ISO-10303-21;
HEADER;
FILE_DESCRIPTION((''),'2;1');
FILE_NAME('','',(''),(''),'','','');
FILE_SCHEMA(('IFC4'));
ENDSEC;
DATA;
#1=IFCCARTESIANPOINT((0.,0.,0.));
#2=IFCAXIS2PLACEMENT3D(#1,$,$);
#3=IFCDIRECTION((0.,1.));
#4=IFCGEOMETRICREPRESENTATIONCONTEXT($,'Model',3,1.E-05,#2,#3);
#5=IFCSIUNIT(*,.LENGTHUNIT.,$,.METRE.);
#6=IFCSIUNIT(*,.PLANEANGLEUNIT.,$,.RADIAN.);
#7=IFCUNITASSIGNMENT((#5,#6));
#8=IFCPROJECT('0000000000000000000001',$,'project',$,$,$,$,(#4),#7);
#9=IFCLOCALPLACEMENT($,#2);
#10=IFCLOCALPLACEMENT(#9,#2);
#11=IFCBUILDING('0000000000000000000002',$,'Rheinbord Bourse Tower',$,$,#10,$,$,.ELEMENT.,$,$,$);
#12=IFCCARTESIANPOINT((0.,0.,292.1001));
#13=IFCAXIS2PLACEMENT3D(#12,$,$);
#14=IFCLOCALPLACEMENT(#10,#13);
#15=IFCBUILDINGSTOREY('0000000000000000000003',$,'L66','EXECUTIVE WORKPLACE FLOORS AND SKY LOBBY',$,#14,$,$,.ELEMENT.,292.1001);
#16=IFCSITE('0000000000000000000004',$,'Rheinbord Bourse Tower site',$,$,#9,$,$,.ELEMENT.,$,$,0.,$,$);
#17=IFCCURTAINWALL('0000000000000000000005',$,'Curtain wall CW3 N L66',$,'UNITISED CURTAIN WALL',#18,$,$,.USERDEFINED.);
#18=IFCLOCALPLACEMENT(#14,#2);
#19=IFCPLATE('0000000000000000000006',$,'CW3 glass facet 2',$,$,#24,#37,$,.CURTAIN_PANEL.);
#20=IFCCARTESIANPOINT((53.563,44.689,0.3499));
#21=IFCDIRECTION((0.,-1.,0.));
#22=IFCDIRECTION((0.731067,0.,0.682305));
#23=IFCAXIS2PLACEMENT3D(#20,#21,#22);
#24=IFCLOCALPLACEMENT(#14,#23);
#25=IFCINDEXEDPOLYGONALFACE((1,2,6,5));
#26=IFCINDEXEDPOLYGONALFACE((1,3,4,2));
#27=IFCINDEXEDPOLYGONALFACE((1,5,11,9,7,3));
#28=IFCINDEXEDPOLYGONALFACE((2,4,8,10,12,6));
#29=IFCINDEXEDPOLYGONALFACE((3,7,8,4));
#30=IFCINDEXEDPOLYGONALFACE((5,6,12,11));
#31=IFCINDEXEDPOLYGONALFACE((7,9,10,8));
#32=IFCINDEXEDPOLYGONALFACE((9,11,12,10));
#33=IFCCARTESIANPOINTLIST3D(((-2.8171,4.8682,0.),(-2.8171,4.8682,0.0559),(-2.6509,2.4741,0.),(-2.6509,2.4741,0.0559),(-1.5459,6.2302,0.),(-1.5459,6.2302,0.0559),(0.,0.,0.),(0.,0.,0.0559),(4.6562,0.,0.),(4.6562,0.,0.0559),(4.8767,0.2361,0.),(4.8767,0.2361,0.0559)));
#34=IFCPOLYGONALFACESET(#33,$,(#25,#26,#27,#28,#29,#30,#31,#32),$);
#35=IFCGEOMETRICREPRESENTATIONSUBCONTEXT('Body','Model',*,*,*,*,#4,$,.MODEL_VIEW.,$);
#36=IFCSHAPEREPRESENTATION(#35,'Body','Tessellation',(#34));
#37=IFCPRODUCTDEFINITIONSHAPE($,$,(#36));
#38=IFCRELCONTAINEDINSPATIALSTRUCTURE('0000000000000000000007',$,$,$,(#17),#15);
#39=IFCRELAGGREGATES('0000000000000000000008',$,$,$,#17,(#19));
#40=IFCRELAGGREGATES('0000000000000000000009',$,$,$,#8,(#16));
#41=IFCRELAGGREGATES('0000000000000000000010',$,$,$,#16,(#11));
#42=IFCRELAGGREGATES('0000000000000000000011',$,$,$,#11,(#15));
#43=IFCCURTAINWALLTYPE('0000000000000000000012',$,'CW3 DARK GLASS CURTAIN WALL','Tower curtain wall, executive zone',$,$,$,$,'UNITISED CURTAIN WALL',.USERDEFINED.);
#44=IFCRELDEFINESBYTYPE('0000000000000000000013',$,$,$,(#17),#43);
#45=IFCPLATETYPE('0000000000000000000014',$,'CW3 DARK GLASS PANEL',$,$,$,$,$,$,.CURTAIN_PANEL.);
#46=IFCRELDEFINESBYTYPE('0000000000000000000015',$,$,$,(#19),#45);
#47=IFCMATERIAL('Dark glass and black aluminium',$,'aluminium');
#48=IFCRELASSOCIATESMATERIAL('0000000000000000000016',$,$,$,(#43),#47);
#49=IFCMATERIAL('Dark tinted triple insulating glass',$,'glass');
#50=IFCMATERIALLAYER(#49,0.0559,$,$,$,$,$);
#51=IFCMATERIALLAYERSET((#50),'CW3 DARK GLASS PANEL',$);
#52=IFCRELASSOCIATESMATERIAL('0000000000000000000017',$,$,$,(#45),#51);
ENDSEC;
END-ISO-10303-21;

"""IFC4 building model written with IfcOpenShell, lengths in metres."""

from ifc_helpers import new_model, si_unit, direction, frame, origin, place, context, subcontext, project, spatial, polyline, outline, extrude, material, layer, layer_set, type_object, element, aggregate, save


model = new_model("IFC4")

# Units and contexts
model_context = context("Model", 3, precision=1e-05, world=origin(), true_north=direction((0.0, 1.0)))
body_context = subcontext(model_context, "Body", "Model", "MODEL_VIEW")
ifc_project = project(units=[si_unit("LENGTHUNIT", "METRE"), si_unit("PLANEANGLEUNIT", "RADIAN")], contexts=[model_context])

# Site, building, storey
site_placement = place(None, origin())
site = spatial("IfcSite", under=ifc_project, at=site_placement, Name="Rheinbord Bourse Tower site", CompositionType="ELEMENT", RefElevation=0.0)
building_placement = place(site_placement, origin())
building = spatial("IfcBuilding", under=site, at=building_placement, Name="Rheinbord Bourse Tower", CompositionType="ELEMENT")
storey_placement = place(building_placement, frame((0.0, 0.0, 292.1001)))
storey = spatial("IfcBuildingStorey", under=building, at=storey_placement, Name="L66", Description="EXECUTIVE WORKPLACE FLOORS AND SKY LOBBY", CompositionType="ELEMENT", Elevation=292.1001)

# Curtain wall
ifc_material_1 = material(Name="Dark glass and black aluminium", Category="aluminium")
curtain_wall_type = type_object("IfcCurtainWallType", Name="CW3 DARK GLASS CURTAIN WALL", Description="Tower curtain wall, executive zone", ElementType="UNITISED CURTAIN WALL", PredefinedType="USERDEFINED", material=ifc_material_1)
curtain_wall_placement = place(storey_placement, origin())
curtain_wall = element("IfcCurtainWall", 1, at=curtain_wall_placement, inside=storey, type_object=curtain_wall_type, Name="Curtain wall CW3 N L66", ObjectType="UNITISED CURTAIN WALL", PredefinedType="USERDEFINED")

# Plate
ifc_material_2 = material(Name="Dark tinted triple insulating glass", Category="glass")
ifc_layer = layer(ifc_material_2, 0.0559)
ifc_layer_set = layer_set([ifc_layer], Name="CW3 DARK GLASS PANEL")
plate_type = type_object("IfcPlateType", Name="CW3 DARK GLASS PANEL", PredefinedType="CURTAIN_PANEL", material=ifc_layer_set)
plate_1_placement = place(storey_placement, frame((53.563, 44.689, 0.3499), z_axis=(0.0, -1.0, 0.0), x_axis=(0.731067, 0.0, 0.682305)))
plate_1 = element("IfcPlate", 2, at=plate_1_placement, type_object=plate_type, Name="CW3 glass facet 2", PredefinedType="CURTAIN_PANEL", context=body_context, shape_type="SweptSolid", body=[
    extrude(outline(polyline([(0.0, 0.0), (4.6562, 0.0), (4.8767, 0.2361), (-1.5459, 6.2302), (-2.8171, 4.8682), (-2.6509, 2.4741), (0.0, 0.0)])), origin(), (0.0, 0.0, 1.0), 0.0559),
])
aggregate(curtain_wall, [plate_1])

save(model, "model.ifc")
